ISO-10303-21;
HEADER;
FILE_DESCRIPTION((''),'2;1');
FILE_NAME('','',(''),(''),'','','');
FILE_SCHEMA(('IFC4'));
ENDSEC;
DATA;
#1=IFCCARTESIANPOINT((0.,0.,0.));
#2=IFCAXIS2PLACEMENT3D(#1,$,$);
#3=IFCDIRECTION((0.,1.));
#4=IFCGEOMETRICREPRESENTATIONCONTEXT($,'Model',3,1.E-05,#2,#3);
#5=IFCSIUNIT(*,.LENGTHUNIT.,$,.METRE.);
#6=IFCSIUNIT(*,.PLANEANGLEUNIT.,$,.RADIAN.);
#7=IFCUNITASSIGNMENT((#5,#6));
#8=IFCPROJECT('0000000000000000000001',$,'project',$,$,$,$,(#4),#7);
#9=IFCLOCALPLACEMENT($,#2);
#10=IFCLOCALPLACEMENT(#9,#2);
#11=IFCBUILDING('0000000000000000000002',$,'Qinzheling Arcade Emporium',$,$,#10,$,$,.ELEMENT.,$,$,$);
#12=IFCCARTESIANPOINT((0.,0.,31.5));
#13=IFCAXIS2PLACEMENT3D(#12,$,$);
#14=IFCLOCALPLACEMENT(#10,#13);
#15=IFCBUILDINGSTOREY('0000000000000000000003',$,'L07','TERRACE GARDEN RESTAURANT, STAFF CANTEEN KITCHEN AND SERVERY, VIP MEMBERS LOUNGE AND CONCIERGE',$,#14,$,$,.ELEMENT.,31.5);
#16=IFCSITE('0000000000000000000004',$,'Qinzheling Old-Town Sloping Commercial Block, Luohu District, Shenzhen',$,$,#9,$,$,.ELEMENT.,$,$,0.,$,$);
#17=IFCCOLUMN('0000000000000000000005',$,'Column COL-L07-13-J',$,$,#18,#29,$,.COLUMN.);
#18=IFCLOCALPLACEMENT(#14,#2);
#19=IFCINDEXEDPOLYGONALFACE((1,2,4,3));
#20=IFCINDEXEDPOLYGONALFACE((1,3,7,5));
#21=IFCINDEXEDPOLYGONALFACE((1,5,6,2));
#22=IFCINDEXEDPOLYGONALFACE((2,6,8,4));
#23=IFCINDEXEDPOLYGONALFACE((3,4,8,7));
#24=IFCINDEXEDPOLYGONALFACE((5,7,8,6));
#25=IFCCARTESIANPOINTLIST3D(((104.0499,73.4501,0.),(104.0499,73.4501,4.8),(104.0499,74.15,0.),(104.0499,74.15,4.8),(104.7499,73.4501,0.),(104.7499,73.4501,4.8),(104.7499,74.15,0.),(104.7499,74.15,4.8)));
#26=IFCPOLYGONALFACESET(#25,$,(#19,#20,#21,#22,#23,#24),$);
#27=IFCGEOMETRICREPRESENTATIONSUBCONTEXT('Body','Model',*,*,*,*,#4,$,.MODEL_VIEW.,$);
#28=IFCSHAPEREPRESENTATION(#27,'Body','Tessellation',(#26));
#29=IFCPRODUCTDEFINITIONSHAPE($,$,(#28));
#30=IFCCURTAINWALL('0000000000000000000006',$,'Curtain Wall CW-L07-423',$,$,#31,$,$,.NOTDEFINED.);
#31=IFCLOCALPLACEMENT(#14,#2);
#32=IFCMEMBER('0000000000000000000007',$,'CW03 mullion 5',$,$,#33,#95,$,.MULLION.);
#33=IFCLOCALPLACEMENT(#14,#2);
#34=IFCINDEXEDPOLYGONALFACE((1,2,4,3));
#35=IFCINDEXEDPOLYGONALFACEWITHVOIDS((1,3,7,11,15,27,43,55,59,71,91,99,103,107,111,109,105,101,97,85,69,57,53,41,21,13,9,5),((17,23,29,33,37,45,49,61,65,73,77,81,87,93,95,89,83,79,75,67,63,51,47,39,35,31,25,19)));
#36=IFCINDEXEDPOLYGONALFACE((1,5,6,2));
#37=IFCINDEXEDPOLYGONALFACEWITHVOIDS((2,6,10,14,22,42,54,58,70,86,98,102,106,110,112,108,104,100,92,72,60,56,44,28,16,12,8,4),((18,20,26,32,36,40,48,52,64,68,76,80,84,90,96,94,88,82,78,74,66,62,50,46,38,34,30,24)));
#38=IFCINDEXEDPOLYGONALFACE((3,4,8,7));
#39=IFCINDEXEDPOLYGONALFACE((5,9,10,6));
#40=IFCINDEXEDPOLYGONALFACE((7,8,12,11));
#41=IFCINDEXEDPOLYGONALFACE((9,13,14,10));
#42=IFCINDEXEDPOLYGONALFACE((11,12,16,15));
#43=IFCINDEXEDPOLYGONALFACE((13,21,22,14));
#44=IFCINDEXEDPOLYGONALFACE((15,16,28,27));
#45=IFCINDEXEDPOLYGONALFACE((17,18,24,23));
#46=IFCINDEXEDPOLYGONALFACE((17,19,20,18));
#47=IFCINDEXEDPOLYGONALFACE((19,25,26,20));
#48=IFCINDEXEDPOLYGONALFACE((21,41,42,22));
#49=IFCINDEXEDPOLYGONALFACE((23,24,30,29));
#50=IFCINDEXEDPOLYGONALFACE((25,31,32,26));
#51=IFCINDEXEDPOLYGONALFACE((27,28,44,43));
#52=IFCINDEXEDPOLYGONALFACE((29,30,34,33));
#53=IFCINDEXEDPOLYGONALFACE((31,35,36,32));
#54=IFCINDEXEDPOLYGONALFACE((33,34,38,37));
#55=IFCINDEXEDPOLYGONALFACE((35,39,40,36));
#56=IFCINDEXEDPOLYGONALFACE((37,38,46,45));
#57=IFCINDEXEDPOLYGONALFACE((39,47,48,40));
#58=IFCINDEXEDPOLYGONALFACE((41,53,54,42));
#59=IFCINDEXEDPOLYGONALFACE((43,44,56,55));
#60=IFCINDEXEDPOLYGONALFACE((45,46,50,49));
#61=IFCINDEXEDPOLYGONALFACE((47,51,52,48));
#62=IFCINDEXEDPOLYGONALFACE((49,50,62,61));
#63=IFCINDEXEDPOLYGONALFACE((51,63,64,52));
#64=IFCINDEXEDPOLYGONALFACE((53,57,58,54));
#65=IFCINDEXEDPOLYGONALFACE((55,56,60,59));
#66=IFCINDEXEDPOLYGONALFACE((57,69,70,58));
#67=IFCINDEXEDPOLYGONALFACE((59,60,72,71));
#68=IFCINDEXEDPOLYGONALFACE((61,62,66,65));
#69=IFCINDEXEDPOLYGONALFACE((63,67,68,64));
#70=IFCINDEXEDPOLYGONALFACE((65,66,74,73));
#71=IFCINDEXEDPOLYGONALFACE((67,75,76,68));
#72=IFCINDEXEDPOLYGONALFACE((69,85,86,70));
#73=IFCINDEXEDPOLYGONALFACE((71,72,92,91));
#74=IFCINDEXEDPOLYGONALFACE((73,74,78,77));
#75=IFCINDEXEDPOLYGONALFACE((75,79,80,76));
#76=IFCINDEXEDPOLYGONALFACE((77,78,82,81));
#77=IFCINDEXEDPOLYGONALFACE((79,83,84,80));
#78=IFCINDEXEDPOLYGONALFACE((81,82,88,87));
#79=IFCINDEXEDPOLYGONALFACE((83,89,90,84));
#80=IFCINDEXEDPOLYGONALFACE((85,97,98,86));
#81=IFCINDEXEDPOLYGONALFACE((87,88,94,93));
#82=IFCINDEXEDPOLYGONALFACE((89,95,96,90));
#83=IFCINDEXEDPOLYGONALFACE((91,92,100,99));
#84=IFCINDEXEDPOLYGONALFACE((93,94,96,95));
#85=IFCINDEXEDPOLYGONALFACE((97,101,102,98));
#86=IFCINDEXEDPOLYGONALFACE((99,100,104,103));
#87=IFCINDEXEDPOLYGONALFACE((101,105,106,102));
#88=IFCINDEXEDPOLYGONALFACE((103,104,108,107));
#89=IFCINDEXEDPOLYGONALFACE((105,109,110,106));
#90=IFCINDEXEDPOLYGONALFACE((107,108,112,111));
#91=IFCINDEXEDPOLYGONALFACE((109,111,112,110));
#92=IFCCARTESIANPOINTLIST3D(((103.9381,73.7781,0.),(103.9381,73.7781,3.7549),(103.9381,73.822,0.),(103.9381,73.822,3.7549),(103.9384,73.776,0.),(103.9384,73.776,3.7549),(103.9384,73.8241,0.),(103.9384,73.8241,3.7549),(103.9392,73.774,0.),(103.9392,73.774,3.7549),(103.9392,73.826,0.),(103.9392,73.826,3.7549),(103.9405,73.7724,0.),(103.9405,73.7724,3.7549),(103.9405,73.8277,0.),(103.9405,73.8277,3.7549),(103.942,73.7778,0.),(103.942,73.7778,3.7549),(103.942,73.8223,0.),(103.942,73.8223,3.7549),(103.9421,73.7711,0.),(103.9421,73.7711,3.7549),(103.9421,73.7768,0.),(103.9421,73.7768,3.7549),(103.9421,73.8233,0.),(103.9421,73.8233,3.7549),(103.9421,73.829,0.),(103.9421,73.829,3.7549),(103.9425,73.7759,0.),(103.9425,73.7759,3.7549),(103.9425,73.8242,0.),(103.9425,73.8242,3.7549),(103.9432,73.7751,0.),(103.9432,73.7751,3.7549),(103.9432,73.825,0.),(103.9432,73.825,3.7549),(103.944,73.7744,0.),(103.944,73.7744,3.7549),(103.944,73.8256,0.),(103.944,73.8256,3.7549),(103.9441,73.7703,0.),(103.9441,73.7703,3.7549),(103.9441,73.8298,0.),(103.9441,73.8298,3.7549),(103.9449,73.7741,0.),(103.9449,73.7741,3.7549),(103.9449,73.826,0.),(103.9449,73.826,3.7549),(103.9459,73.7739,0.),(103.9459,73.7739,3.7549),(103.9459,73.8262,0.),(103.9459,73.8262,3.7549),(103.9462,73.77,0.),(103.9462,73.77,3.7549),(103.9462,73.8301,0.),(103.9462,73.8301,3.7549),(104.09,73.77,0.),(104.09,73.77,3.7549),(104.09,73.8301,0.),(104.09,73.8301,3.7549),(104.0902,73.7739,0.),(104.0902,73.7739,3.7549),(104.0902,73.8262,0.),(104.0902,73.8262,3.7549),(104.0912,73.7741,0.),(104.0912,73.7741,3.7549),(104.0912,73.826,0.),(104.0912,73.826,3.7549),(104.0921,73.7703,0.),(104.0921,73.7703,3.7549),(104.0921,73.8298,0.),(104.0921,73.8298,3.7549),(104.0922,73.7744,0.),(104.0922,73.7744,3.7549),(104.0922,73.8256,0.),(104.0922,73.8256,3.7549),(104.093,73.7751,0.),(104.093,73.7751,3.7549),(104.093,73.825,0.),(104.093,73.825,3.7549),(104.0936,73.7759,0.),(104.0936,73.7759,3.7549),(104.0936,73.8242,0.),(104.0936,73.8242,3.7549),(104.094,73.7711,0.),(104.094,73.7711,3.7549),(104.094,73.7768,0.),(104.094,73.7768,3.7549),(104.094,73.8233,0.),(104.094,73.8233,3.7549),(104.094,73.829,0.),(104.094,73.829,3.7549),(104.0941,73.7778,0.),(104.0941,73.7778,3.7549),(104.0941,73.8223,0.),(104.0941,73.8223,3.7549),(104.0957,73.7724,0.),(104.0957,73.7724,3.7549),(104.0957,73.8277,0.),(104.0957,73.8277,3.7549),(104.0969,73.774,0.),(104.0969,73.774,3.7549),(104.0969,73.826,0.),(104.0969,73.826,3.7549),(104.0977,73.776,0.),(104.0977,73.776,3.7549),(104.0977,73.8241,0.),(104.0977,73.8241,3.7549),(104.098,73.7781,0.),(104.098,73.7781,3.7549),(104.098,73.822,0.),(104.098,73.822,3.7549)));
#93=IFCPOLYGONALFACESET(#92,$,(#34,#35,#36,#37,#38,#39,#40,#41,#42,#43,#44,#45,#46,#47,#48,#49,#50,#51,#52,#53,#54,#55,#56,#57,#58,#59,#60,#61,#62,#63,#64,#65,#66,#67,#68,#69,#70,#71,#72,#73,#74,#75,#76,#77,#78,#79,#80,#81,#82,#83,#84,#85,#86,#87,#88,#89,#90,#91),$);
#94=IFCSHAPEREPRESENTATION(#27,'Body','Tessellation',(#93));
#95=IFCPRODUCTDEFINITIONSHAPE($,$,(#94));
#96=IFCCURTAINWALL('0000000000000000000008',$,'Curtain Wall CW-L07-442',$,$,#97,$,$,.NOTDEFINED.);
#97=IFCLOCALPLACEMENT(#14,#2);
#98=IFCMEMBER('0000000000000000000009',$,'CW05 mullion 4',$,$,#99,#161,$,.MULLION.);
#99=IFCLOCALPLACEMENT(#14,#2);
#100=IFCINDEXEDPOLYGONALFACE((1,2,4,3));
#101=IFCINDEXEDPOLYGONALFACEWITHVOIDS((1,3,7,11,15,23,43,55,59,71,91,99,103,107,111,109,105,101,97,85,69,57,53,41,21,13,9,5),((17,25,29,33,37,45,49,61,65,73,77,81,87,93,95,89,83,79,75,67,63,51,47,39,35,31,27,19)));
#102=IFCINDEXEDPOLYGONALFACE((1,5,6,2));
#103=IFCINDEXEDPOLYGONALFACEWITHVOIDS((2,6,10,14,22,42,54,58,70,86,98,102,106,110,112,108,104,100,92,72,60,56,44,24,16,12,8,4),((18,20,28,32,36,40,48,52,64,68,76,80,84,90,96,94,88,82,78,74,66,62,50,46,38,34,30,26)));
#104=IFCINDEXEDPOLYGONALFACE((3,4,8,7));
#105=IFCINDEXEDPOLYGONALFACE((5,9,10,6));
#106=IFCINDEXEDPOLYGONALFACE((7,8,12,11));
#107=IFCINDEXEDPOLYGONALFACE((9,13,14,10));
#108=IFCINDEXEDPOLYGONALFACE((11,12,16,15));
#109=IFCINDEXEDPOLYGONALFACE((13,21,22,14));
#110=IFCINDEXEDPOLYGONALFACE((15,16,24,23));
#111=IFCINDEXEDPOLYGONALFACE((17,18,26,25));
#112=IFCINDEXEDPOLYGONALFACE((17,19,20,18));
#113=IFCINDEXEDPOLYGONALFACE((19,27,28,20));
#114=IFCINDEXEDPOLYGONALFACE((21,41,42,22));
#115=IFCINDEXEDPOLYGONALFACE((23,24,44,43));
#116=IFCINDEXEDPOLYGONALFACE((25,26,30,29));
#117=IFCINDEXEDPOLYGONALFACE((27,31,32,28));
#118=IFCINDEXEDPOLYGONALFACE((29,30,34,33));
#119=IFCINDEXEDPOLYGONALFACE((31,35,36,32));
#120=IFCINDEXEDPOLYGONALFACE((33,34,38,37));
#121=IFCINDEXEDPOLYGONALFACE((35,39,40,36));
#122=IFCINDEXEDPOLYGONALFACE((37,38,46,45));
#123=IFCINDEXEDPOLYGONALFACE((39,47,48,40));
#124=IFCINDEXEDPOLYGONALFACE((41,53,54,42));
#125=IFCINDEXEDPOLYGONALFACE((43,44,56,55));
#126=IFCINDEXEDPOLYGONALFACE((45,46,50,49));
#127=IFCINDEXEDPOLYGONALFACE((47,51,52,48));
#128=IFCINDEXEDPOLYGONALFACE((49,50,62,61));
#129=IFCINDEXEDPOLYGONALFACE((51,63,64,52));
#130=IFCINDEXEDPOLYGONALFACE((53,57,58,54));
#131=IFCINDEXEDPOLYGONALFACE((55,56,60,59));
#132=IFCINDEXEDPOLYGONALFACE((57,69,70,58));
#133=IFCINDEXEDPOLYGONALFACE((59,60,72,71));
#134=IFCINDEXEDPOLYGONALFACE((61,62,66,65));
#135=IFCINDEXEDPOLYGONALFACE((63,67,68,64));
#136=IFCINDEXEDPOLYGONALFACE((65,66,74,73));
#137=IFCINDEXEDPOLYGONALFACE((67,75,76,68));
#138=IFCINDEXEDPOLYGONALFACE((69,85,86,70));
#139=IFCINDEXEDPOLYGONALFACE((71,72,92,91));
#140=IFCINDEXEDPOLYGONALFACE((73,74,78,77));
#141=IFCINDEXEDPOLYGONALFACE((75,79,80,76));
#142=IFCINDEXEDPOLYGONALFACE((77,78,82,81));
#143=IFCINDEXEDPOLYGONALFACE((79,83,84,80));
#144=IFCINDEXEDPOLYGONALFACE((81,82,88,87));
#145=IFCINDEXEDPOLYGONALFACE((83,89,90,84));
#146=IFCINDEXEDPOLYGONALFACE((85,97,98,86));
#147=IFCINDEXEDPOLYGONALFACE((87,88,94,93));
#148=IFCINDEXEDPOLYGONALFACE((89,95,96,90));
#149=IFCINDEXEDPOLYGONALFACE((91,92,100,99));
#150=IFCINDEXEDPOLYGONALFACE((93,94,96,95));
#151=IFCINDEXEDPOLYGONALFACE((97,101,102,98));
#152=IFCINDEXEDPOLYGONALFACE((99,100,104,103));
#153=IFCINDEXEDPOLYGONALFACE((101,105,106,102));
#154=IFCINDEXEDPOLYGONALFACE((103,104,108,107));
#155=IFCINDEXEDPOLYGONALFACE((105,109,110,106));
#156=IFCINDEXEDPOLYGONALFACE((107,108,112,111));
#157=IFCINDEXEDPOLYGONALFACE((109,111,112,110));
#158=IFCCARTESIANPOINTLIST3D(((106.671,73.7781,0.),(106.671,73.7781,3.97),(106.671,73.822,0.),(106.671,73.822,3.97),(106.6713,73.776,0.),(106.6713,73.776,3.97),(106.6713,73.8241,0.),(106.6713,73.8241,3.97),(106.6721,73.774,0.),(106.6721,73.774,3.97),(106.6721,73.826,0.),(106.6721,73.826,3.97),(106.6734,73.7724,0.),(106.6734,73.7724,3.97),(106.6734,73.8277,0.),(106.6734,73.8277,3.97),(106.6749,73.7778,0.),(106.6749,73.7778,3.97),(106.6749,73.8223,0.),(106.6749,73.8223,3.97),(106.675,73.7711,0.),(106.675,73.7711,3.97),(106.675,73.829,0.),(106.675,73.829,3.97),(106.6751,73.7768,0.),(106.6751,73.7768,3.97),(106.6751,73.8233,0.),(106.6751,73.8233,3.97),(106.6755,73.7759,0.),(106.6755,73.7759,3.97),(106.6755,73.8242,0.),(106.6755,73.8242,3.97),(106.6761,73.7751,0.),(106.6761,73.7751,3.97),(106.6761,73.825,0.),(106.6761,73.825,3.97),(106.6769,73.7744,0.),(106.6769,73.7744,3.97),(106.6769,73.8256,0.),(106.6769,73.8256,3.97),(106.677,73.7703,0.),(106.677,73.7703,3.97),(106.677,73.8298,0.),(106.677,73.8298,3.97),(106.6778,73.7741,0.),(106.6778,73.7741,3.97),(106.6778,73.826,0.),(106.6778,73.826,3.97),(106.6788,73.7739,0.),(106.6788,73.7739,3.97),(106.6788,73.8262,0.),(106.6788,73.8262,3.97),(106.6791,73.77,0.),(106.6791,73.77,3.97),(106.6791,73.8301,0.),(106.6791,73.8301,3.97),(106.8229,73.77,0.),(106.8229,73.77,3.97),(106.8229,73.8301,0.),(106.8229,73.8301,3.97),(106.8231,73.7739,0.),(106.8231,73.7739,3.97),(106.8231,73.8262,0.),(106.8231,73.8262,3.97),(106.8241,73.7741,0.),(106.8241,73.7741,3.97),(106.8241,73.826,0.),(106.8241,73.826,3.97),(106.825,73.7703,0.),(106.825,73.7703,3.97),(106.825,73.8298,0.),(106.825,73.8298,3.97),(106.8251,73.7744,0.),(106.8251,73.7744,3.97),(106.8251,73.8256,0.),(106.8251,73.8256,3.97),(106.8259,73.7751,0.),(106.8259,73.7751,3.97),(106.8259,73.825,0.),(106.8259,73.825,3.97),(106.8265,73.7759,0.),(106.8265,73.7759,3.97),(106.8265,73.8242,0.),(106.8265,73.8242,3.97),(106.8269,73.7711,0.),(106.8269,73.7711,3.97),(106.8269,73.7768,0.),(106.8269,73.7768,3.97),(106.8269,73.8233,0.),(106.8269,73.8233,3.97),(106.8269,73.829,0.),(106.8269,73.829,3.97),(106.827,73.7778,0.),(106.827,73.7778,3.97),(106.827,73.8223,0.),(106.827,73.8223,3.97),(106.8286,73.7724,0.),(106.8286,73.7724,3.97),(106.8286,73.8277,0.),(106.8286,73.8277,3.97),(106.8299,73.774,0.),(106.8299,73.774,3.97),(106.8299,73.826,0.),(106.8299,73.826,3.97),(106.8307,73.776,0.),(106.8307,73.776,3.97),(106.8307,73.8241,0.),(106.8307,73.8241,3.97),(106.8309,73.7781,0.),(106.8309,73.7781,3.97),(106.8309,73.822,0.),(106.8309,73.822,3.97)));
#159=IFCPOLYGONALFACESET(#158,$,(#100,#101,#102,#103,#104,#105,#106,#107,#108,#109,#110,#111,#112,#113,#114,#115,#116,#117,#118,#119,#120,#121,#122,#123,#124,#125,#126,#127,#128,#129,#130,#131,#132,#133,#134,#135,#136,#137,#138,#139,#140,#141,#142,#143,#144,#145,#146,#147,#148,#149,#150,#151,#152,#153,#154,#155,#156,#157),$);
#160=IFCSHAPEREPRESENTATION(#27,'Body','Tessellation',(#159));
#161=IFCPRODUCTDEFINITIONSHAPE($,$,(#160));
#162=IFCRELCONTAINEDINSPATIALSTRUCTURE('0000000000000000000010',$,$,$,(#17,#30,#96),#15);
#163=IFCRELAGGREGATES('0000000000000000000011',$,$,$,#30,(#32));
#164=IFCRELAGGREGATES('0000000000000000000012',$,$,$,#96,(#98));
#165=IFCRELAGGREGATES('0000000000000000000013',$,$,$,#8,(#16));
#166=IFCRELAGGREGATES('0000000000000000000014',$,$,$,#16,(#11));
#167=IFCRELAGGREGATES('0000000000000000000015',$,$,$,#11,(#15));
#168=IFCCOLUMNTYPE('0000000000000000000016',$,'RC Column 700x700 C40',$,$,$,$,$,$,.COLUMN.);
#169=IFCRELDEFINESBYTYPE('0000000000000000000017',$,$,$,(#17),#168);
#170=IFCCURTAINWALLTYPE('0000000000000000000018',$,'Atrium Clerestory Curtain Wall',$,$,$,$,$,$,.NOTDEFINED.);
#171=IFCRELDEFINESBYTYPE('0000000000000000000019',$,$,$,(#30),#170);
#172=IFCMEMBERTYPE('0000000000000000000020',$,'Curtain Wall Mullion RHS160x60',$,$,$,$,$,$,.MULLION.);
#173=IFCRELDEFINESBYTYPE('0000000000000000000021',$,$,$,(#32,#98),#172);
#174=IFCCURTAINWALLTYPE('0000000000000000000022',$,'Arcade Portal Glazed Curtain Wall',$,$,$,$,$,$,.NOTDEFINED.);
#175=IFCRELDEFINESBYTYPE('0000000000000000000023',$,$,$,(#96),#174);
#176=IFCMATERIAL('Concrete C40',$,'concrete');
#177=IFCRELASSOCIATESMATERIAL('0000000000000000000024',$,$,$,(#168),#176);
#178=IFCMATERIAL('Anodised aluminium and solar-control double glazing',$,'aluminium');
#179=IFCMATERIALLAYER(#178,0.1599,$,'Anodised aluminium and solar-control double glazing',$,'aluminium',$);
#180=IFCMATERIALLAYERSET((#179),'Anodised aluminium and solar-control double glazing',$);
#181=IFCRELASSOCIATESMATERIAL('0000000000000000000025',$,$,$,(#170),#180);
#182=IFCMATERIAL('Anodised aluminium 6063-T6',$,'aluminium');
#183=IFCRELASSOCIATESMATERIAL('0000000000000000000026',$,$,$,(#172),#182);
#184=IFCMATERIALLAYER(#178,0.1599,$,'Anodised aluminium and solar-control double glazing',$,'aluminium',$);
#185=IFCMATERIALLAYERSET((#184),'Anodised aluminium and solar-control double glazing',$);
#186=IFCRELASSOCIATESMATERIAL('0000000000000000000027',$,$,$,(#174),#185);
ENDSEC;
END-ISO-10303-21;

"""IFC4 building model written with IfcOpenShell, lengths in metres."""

from ifc_helpers import new_model, si_unit, direction, frame, origin, origin_2d, place, context, subcontext, project, spatial, rectangle, hollow_rectangle, extrude, material, layer, layer_set, material_profile, profile_set, type_object, element, aggregate, save


model = new_model("IFC4")

# Units and contexts
model_context = context("Model", 3, precision=1e-05, world=origin(), true_north=direction((0.0, 1.0)))
body_context = subcontext(model_context, "Body", "Model", "MODEL_VIEW")
ifc_project = project(units=[si_unit("LENGTHUNIT", "METRE"), si_unit("PLANEANGLEUNIT", "RADIAN")], contexts=[model_context])

# Site, building, storey
site_placement = place(None, origin())
site = spatial("IfcSite", under=ifc_project, at=site_placement, Name="Qinzheling Old-Town Sloping Commercial Block, Luohu District, Shenzhen", CompositionType="ELEMENT", RefElevation=0.0)
building_placement = place(site_placement, origin())
building = spatial("IfcBuilding", under=site, at=building_placement, Name="Qinzheling Arcade Emporium", CompositionType="ELEMENT")
storey_placement = place(building_placement, frame((0.0, 0.0, 31.5)))
storey = spatial("IfcBuildingStorey", under=building, at=storey_placement, Name="L07", Description="TERRACE GARDEN RESTAURANT, STAFF CANTEEN KITCHEN AND SERVERY, VIP MEMBERS LOUNGE AND CONCIERGE", CompositionType="ELEMENT", Elevation=31.5)

# Column
ifc_material_1 = material(Name="Concrete C40", Category="concrete")
ifc_material_profile_1 = material_profile(ifc_material_1, rectangle(XDim=0.7, YDim=0.7, at=origin_2d()), Name="RC 700x700", Category="concrete")
ifc_profile_set_1 = profile_set([ifc_material_profile_1], Name="Concrete C40")
column_type = type_object("IfcColumnType", Name="RC Column 700x700 C40", PredefinedType="COLUMN", material=ifc_profile_set_1)
column_placement = place(storey_placement, frame((104.3999, 73.8, 0.0), z_axis=(0.0, 0.0, 1.0), x_axis=(1.0, 0.0, 0.0)))
element("IfcColumn", 1, at=column_placement, inside=storey, type_object=column_type, Name="Column COL-L07-13-J", PredefinedType="COLUMN", context=body_context, shape_type="SweptSolid", body=[
    extrude(rectangle(XDim=0.7, YDim=0.7, at=origin_2d()), origin(), (0.0, 0.0, 1.0), 4.8),
])

# Curtain wall, member
ifc_material_2 = material(Name="Anodised aluminium and solar-control double glazing", Category="aluminium")
ifc_layer_1 = layer(ifc_material_2, 0.1599, Name="Anodised aluminium and solar-control double glazing", Category="aluminium")
ifc_layer_set_1 = layer_set([ifc_layer_1], Name="Anodised aluminium and solar-control double glazing")
curtain_wall_type_1 = type_object("IfcCurtainWallType", Name="Atrium Clerestory Curtain Wall", PredefinedType="NOTDEFINED", material=ifc_layer_set_1)
curtain_wall_1_placement = place(storey_placement, origin())
curtain_wall_1 = element("IfcCurtainWall", 2, at=curtain_wall_1_placement, inside=storey, type_object=curtain_wall_type_1, Name="Curtain Wall CW-L07-423", PredefinedType="NOTDEFINED")
ifc_material_3 = material(Name="Anodised aluminium 6063-T6", Category="aluminium")
ifc_material_profile_2 = material_profile(ifc_material_3, hollow_rectangle(XDim=0.0601, YDim=0.1599, WallThickness=0.0039, InnerFilletRadius=0.0039, OuterFilletRadius=0.0081, at=origin_2d()), Name="RHS 160x60x4", Category="aluminium")
ifc_profile_set_2 = profile_set([ifc_material_profile_2], Name="Anodised aluminium 6063-T6")
member_type_1 = type_object("IfcMemberType", Name="Curtain Wall Mullion RHS160x60", PredefinedType="MULLION", material=ifc_profile_set_2)
member_1_placement = place(storey_placement, frame((104.0181, 73.8, 0.0), z_axis=(0.0, 0.0, 1.0), x_axis=(0.0, 1.0, 0.0)))
member_1 = element("IfcMember", 3, at=member_1_placement, type_object=member_type_1, Name="CW03 mullion 5", PredefinedType="MULLION", context=body_context, shape_type="SweptSolid", body=[
    extrude(hollow_rectangle(XDim=0.0601, YDim=0.1599, WallThickness=0.0039, InnerFilletRadius=0.0039, OuterFilletRadius=0.0081, at=origin_2d()), origin(), (0.0, 0.0, 1.0), 3.7549),
])
aggregate(curtain_wall_1, [member_1])

# Curtain wall, member
ifc_layer_2 = layer(ifc_material_2, 0.1599, Name="Anodised aluminium and solar-control double glazing", Category="aluminium")
ifc_layer_set_2 = layer_set([ifc_layer_2], Name="Anodised aluminium and solar-control double glazing")
curtain_wall_type_2 = type_object("IfcCurtainWallType", Name="Arcade Portal Glazed Curtain Wall", PredefinedType="NOTDEFINED", material=ifc_layer_set_2)
curtain_wall_2_placement = place(storey_placement, origin())
curtain_wall_2 = element("IfcCurtainWall", 4, at=curtain_wall_2_placement, inside=storey, type_object=curtain_wall_type_2, Name="Curtain Wall CW-L07-442", PredefinedType="NOTDEFINED")
member_2_placement = place(storey_placement, frame((106.751, 73.8, 0.0), z_axis=(0.0, 0.0, 1.0), x_axis=(0.0, -1.0, 0.0)))
member_2 = element("IfcMember", 5, at=member_2_placement, type_object=member_type_1, Name="CW05 mullion 4", PredefinedType="MULLION", context=body_context, shape_type="SweptSolid", body=[
    extrude(hollow_rectangle(XDim=0.0601, YDim=0.1599, WallThickness=0.0039, InnerFilletRadius=0.0039, OuterFilletRadius=0.0081, at=origin_2d()), origin(), (0.0, 0.0, 1.0), 3.97),
])

aggregate(curtain_wall_2, [member_2])

save(model, "model.ifc")
